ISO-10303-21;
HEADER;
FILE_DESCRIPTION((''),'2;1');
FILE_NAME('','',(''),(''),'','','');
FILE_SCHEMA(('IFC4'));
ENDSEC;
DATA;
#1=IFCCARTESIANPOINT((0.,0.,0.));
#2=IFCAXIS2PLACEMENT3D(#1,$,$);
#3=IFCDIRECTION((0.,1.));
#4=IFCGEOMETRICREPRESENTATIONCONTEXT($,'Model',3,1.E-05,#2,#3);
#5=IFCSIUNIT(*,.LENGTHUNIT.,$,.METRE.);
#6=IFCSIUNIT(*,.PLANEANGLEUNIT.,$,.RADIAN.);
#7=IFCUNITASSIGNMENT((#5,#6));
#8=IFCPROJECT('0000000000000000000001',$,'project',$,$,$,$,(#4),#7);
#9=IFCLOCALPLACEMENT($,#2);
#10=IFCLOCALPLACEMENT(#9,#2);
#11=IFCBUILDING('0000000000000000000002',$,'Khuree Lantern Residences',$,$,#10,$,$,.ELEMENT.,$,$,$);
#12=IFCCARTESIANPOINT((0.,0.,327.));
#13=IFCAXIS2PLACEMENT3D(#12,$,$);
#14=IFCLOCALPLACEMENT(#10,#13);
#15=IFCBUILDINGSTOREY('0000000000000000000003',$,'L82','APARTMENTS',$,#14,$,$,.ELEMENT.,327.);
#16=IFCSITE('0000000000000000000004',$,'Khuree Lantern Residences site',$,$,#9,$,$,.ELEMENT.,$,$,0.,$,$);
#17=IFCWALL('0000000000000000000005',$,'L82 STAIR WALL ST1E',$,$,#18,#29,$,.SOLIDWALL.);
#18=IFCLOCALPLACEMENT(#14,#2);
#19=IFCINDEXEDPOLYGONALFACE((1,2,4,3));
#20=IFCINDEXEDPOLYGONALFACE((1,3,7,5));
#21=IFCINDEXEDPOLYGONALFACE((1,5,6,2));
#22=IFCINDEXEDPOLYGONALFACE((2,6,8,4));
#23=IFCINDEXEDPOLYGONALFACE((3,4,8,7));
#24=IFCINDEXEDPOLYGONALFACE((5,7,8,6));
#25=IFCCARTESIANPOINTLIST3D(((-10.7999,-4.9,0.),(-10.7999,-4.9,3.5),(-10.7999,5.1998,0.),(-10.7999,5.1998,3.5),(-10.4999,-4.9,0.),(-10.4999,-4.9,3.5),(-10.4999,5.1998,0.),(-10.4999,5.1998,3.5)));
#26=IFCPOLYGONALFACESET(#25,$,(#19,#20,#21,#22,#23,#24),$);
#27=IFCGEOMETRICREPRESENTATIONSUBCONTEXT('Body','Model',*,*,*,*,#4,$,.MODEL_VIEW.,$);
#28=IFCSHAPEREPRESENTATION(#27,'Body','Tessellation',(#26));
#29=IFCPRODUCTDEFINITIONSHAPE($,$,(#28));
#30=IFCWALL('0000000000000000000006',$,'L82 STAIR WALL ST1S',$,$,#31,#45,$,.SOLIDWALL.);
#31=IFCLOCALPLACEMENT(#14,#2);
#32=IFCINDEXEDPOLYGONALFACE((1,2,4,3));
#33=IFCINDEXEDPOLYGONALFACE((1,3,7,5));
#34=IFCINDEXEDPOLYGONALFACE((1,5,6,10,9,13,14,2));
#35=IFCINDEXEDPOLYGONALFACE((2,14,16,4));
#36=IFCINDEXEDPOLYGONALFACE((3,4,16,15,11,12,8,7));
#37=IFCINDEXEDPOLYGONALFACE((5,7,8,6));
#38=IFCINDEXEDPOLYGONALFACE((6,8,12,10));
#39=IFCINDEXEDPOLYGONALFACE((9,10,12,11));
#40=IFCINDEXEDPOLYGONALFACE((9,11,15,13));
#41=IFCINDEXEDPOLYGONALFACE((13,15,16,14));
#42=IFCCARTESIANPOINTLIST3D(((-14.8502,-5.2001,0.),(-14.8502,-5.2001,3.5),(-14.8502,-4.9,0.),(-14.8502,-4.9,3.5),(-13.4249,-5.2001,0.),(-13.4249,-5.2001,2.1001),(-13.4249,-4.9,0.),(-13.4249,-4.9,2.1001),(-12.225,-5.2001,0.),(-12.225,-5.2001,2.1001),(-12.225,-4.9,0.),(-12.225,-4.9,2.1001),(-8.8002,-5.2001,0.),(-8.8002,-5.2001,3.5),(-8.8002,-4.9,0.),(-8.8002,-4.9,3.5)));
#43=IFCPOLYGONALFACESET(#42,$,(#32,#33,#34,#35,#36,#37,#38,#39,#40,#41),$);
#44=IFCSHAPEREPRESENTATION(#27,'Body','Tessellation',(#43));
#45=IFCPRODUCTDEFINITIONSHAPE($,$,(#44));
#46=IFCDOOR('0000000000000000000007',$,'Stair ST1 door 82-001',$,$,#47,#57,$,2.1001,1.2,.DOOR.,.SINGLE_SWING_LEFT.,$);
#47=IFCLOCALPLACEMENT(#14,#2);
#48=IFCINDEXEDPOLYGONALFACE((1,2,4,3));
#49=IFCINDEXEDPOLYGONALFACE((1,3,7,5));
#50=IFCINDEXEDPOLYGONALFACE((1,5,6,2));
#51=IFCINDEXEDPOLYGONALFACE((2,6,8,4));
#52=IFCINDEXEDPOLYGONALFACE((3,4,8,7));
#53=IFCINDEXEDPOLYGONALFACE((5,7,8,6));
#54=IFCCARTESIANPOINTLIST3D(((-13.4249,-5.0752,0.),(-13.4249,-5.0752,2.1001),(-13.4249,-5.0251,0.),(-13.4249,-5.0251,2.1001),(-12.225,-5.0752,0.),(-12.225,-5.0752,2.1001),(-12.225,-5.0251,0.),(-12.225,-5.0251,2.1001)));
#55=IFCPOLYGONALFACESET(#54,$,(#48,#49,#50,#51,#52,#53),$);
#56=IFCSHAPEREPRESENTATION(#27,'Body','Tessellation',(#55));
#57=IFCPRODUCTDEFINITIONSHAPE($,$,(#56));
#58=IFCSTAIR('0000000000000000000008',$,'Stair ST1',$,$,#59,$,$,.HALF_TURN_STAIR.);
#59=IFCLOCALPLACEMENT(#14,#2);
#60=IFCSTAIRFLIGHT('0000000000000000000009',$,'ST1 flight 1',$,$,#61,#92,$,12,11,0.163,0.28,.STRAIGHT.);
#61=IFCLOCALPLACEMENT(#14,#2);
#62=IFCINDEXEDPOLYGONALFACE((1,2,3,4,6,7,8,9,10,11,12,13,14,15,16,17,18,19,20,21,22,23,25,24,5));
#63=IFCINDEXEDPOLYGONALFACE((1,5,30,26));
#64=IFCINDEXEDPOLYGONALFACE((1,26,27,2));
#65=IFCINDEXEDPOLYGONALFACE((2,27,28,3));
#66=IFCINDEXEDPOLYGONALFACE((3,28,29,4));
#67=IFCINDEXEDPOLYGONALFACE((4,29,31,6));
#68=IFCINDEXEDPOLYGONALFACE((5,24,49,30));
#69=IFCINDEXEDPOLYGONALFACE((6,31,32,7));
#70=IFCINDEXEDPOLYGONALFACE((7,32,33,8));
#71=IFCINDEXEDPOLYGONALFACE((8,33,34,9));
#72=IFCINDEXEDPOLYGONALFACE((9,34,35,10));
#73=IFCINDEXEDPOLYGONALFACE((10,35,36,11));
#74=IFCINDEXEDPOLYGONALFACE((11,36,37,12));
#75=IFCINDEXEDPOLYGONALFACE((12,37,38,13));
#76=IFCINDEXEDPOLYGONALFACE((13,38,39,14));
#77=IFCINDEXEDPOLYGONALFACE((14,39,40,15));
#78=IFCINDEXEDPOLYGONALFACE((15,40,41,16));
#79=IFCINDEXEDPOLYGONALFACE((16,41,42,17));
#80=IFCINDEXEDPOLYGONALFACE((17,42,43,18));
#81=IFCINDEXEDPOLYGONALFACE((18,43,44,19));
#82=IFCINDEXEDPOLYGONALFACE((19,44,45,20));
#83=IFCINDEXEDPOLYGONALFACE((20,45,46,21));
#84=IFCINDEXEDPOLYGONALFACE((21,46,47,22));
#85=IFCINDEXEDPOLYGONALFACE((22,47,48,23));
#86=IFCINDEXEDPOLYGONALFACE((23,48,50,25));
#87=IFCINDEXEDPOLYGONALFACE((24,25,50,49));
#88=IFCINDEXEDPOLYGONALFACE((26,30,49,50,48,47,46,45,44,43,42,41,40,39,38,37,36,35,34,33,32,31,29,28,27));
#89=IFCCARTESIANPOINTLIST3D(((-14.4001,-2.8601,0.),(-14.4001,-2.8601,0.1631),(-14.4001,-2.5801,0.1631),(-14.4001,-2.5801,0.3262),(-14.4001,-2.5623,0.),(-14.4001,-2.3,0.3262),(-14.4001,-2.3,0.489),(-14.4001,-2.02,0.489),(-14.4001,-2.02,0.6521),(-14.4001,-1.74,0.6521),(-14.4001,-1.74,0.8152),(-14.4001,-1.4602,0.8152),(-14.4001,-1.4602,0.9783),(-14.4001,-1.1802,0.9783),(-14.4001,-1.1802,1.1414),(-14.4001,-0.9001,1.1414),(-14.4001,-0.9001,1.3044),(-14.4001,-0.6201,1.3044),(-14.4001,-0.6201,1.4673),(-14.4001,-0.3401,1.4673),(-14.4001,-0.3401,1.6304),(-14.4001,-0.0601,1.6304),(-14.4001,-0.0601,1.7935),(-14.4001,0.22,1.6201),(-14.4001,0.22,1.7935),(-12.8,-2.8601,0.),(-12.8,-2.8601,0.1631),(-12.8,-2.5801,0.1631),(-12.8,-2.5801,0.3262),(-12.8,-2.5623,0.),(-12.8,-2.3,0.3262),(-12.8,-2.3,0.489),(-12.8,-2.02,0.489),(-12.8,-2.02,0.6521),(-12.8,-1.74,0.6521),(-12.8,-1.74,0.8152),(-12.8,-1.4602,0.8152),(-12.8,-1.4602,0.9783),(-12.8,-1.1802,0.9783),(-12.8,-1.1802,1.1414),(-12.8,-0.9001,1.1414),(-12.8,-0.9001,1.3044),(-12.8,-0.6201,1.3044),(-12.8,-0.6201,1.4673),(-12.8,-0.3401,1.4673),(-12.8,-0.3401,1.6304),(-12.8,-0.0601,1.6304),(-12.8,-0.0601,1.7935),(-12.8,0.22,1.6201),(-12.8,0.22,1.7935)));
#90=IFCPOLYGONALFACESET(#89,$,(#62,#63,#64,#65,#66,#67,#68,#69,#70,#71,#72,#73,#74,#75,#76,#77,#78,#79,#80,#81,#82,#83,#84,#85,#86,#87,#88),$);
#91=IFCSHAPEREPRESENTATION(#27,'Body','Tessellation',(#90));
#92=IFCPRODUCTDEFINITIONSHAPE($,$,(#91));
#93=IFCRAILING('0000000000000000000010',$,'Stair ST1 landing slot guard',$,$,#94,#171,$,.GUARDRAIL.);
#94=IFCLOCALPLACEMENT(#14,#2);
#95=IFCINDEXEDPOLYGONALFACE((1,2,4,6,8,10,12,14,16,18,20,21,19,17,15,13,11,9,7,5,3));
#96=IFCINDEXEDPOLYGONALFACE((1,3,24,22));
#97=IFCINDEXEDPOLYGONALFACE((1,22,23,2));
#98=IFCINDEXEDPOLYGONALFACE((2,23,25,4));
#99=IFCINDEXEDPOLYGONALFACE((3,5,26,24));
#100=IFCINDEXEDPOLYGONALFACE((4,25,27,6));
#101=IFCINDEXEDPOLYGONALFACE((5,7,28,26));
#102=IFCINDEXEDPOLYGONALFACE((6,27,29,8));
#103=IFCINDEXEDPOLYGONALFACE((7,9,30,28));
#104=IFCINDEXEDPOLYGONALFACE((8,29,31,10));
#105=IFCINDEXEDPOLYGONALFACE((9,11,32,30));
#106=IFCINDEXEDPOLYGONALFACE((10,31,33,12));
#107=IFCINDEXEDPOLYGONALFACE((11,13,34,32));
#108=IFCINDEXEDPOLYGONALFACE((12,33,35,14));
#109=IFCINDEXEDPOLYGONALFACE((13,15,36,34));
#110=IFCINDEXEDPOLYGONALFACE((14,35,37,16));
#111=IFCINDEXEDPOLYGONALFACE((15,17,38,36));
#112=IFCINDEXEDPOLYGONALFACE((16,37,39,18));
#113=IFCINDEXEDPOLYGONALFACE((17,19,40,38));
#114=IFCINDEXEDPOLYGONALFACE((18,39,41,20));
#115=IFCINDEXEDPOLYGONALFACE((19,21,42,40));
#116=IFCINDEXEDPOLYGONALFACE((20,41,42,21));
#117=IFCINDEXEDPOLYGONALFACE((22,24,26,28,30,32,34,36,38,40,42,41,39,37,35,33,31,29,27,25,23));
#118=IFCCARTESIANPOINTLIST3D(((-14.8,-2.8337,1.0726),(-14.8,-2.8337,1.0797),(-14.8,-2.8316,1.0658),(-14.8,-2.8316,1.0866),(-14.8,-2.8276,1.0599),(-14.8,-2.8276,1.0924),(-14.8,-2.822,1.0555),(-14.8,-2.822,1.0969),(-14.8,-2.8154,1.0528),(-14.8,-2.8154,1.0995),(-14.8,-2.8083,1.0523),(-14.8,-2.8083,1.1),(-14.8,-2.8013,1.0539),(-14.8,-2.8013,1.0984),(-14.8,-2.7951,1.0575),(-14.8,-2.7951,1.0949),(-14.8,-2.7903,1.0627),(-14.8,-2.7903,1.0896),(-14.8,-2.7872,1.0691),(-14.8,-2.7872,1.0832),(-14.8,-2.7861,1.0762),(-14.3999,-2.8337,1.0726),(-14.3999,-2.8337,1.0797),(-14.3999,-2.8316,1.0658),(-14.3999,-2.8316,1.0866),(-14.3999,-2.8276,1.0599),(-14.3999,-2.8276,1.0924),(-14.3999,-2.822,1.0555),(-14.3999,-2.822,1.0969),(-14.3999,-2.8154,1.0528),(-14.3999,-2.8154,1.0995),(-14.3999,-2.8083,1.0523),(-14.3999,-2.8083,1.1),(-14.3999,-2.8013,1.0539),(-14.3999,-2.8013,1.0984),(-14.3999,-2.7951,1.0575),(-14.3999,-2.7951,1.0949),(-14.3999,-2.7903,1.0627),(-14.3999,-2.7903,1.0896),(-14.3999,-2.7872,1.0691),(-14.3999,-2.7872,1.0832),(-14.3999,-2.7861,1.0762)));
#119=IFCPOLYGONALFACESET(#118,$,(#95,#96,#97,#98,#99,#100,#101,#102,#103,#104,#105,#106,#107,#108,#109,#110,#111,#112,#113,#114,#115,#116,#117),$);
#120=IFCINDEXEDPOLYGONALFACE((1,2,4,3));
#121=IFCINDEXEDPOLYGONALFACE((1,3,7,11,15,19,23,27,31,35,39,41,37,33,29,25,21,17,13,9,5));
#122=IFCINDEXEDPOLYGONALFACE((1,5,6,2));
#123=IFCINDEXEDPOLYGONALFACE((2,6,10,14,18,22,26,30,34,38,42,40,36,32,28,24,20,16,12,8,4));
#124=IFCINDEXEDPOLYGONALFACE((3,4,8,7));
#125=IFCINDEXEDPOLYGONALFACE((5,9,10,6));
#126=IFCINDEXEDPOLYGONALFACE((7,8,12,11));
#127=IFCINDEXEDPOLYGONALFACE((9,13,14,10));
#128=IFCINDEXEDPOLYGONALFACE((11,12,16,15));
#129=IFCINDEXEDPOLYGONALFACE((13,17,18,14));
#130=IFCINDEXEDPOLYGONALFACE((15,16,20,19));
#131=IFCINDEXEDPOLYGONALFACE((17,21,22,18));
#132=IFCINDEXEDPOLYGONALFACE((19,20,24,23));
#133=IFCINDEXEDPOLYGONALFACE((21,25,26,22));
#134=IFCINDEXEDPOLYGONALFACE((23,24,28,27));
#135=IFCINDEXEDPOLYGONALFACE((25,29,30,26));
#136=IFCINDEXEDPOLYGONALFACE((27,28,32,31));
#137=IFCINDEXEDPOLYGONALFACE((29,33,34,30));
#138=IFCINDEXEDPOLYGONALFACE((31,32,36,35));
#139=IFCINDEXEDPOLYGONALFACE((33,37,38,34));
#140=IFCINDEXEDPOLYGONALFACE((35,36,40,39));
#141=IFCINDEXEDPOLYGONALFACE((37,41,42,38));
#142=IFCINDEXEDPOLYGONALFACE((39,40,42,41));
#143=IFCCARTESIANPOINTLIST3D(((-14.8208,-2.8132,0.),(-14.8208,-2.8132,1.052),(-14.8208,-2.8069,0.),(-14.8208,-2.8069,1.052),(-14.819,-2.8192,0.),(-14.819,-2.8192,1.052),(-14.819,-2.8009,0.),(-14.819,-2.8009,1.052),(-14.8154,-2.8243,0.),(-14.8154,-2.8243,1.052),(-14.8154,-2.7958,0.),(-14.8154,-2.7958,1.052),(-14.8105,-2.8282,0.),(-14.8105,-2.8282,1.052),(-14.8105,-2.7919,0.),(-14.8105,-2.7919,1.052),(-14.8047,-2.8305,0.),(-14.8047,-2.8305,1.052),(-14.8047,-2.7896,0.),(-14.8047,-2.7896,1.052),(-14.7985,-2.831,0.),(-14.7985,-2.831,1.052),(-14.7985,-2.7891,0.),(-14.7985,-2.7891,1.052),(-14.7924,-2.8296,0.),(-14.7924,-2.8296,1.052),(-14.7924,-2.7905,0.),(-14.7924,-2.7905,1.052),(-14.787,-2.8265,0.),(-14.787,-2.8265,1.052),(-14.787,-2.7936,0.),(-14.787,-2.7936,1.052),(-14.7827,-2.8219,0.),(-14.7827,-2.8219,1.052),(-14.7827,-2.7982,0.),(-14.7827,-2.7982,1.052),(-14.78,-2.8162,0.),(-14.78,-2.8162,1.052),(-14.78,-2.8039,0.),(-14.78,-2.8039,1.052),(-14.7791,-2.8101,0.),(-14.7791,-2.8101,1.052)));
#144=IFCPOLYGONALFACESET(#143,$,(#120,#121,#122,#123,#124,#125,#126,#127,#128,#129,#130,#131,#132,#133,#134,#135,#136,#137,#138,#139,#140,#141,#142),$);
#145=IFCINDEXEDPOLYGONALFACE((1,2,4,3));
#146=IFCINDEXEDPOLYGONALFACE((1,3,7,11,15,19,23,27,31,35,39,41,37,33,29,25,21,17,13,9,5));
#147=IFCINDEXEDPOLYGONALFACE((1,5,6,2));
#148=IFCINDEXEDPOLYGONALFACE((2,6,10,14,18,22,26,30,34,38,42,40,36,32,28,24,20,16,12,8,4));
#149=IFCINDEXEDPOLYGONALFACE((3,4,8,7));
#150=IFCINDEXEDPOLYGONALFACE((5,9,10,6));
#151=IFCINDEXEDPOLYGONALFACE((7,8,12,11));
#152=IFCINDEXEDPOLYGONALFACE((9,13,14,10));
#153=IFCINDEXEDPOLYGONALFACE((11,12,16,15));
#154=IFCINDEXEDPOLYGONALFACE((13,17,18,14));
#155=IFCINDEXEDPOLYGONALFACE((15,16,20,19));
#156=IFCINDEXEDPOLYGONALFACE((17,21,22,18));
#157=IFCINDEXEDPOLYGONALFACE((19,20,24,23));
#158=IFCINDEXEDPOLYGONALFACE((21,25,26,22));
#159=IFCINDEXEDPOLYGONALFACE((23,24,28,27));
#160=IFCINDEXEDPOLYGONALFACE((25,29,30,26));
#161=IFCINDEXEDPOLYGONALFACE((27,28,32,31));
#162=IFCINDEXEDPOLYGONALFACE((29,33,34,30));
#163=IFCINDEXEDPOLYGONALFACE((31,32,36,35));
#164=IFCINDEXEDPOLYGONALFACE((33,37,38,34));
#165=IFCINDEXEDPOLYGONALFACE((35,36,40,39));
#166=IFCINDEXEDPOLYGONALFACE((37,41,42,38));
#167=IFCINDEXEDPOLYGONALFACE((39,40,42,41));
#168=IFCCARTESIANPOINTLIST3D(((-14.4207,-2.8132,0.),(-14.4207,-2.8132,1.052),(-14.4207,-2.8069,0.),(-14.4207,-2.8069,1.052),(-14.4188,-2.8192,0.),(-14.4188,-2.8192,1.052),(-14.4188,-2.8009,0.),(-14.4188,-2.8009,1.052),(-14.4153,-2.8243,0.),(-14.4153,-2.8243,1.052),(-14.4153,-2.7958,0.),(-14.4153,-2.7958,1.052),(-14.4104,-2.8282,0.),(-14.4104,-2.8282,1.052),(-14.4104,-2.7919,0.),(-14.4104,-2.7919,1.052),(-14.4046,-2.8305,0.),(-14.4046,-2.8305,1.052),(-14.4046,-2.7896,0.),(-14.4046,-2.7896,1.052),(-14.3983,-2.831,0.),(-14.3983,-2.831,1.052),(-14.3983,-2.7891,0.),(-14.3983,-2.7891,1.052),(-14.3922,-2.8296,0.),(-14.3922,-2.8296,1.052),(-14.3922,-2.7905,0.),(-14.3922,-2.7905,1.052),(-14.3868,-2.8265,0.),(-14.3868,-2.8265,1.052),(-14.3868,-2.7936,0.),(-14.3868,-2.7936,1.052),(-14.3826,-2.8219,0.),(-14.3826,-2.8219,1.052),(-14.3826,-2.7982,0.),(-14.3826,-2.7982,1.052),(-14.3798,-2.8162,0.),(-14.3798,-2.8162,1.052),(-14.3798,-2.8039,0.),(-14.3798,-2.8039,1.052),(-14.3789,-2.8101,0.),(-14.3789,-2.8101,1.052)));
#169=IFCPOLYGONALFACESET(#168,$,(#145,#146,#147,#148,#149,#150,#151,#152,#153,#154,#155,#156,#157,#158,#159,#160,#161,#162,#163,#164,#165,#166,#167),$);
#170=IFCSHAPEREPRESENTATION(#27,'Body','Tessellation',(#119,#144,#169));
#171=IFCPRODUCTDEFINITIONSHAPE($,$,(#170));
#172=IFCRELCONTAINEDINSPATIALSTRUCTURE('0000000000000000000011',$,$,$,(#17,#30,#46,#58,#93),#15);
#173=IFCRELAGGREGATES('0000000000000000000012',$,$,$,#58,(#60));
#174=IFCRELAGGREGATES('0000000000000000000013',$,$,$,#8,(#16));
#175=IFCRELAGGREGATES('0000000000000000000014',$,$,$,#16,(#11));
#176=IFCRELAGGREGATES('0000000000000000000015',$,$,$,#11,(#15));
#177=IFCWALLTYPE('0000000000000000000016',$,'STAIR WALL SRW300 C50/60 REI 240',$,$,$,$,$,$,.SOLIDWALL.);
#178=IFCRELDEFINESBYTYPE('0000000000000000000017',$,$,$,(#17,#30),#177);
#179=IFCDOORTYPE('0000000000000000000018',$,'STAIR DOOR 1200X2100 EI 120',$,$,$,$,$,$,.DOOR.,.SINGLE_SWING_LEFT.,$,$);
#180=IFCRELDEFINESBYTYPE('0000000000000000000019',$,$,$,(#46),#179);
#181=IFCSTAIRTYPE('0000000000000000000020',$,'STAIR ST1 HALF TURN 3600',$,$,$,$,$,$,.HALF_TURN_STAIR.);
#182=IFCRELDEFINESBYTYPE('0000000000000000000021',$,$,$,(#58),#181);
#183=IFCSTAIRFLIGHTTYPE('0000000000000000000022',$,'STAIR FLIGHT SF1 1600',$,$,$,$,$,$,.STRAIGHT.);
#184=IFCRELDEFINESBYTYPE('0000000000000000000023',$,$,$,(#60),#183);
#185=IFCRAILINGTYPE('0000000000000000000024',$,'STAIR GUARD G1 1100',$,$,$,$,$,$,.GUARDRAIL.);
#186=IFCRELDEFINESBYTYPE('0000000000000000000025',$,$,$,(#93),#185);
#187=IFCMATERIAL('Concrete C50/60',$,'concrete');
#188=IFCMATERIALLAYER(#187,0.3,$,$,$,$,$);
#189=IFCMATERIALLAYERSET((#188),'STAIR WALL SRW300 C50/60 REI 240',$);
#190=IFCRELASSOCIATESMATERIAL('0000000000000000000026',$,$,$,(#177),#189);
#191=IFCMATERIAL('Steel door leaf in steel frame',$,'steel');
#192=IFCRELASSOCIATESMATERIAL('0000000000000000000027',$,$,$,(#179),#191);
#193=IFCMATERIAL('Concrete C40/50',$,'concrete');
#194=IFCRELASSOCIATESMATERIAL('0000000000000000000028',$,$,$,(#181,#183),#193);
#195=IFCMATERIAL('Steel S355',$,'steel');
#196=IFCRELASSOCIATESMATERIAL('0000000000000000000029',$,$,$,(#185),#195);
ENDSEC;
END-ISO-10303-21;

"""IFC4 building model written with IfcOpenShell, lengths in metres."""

from ifc_helpers import new_model, si_unit, direction, frame, frame_2d, origin, origin_2d, place, context, subcontext, project, spatial, polyline, rectangle, circle, outline, extrude, material, layer, layer_set, type_object, element, fill, aggregate, save


model = new_model("IFC4")

# Units and contexts
model_context = context("Model", 3, precision=1e-05, world=origin(), true_north=direction((0.0, 1.0)))
body_context = subcontext(model_context, "Body", "Model", "MODEL_VIEW")
ifc_project = project(units=[si_unit("LENGTHUNIT", "METRE"), si_unit("PLANEANGLEUNIT", "RADIAN")], contexts=[model_context])

# Site, building, storey
site_placement = place(None, origin())
site = spatial("IfcSite", under=ifc_project, at=site_placement, Name="Khuree Lantern Residences site", CompositionType="ELEMENT", RefElevation=0.0)
building_placement = place(site_placement, origin())
building = spatial("IfcBuilding", under=site, at=building_placement, Name="Khuree Lantern Residences", CompositionType="ELEMENT")
storey_placement = place(building_placement, frame((0.0, 0.0, 327.0)))
storey = spatial("IfcBuildingStorey", under=building, at=storey_placement, Name="L82", Description="APARTMENTS", CompositionType="ELEMENT", Elevation=327.0)

# Shared definitions
ifc_material_1 = material(Name="Steel door leaf in steel frame", Category="steel")

# Wall
ifc_material_2 = material(Name="Concrete C50/60", Category="concrete")
ifc_layer_1 = layer(ifc_material_2, 0.3)
ifc_layer_set_1 = layer_set([ifc_layer_1], Name="STAIR WALL SRW300 C50/60 REI 240")
wall_type_1 = type_object("IfcWallType", Name="STAIR WALL SRW300 C50/60 REI 240", PredefinedType="SOLIDWALL", material=ifc_layer_set_1)
wall_1_placement = place(storey_placement, frame((-10.6499, -4.8999, 0.0), z_axis=(0.0, 0.0, 1.0), x_axis=(0.0, 1.0, 0.0)))
element("IfcWall", 1, at=wall_1_placement, inside=storey, type_object=wall_type_1, Name="L82 STAIR WALL ST1E", PredefinedType="SOLIDWALL", context=body_context, shape_type="SweptSolid", body=[
    extrude(rectangle(XDim=10.0999, YDim=0.3, at=frame_2d((5.0498, 0.0))), origin(), (0.0, 0.0, 1.0), 3.5),
])

# Wall, opening, door
wall_2_placement = place(storey_placement, frame((-14.8501, -5.05, 0.0), z_axis=(0.0, 0.0, 1.0), x_axis=(1.0, 0.0, 0.0)))
wall_2 = element("IfcWall", 2, at=wall_2_placement, inside=storey, type_object=wall_type_1, Name="L82 STAIR WALL ST1S", PredefinedType="SOLIDWALL", context=body_context, shape_type="SweptSolid", body=[
    extrude(rectangle(XDim=6.05, YDim=0.3, at=frame_2d((3.0249, 0.0))), origin(), (0.0, 0.0, 1.0), 3.5),
])
opening_1_placement = place(wall_2_placement, frame((1.425, 0.0, 0.0)))
opening_1 = element("IfcOpeningElement", 3, at=opening_1_placement, cuts=wall_2, PredefinedType="OPENING", context=body_context, shape_type="SweptSolid", body=[
    extrude(rectangle(XDim=1.2, YDim=2.1001, at=frame_2d((0.6001, 1.05))), frame((0.0, 0.1602, 0.0), z_axis=(0.0, -1.0, 0.0), x_axis=(1.0, 0.0, 0.0)), (0.0, 0.0, 1.0), 0.3201),
])
door_type_1 = type_object("IfcDoorType", Name="STAIR DOOR 1200X2100 EI 120", OperationType="SINGLE_SWING_LEFT", PredefinedType="DOOR", material=ifc_material_1)
door_1_placement = place(opening_1_placement, origin())
door_1 = element("IfcDoor", 4, at=door_1_placement, inside=storey, type_object=door_type_1, Name="Stair ST1 door 82-001", OperationType="SINGLE_SWING_LEFT", OverallHeight=2.1001, OverallWidth=1.2, PredefinedType="DOOR", context=body_context, shape_type="SweptSolid", body=[
    extrude(rectangle(XDim=1.2, YDim=2.1001, at=frame_2d((0.6001, 1.05))), frame((0.0, 0.0249, 0.0), z_axis=(0.0, -1.0, 0.0), x_axis=(1.0, 0.0, 0.0)), (0.0, 0.0, 1.0), 0.05),
])
fill(opening_1, door_1)

# Stair, stair flight
ifc_material_3 = material(Name="Concrete C40/50", Category="concrete")
stair_type = type_object("IfcStairType", Name="STAIR ST1 HALF TURN 3600", PredefinedType="HALF_TURN_STAIR", material=ifc_material_3)
stair_placement = place(storey_placement, origin())
stair = element("IfcStair", 5, at=stair_placement, inside=storey, type_object=stair_type, Name="Stair ST1", PredefinedType="HALF_TURN_STAIR")
stair_flight_type = type_object("IfcStairFlightType", Name="STAIR FLIGHT SF1 1600", PredefinedType="STRAIGHT", material=ifc_material_3)
stair_flight_placement = place(storey_placement, frame((-13.6001, -2.8601, 0.0), z_axis=(0.0, 0.0, 1.0), x_axis=(0.0, 1.0, 0.0)))
stair_flight = element("IfcStairFlight", 6, at=stair_flight_placement, type_object=stair_flight_type, Name="ST1 flight 1", NumberOfRisers=12, NumberOfTreads=11, PredefinedType="STRAIGHT", RiserHeight=0.163, TreadLength=0.28, context=body_context, shape_type="SweptSolid", body=[
    extrude(outline(polyline([(0.0, 0.0), (0.0, 0.1631), (0.28, 0.1631), (0.28, 0.3262), (0.5601, 0.3262), (0.5601, 0.489), (0.8401, 0.489), (0.8401, 0.6521), (1.1201, 0.6521), (1.1201, 0.8152), (1.3999, 0.8152), (1.3999, 0.9783), (1.6799, 0.9783), (1.6799, 1.1414), (1.96, 1.1414), (1.96, 1.3044), (2.24, 1.3044), (2.24, 1.4673), (2.52, 1.4673), (2.52, 1.6304), (2.8, 1.6304), (2.8, 1.7935), (3.0801, 1.7935), (3.0801, 1.9565), (3.0801, 1.6201), (0.2979, 0.0), (0.0, 0.0)])), frame((0.0, 0.8, 0.0), z_axis=(0.0, -1.0, 0.0), x_axis=(1.0, 0.0, 0.0)), (0.0, 0.0, 1.0), 1.6001),
])
aggregate(stair, [stair_flight])

# Railing
ifc_material_4 = material(Name="Steel S355", Category="steel")
railing_type_1 = type_object("IfcRailingType", Name="STAIR GUARD G1 1100", PredefinedType="GUARDRAIL", material=ifc_material_4)
railing_1_placement = place(storey_placement, frame((-14.8, -2.8101, 0.0)))
element("IfcRailing", 7, at=railing_1_placement, inside=storey, type_object=railing_type_1, Name="Stair ST1 landing slot guard", PredefinedType="GUARDRAIL", context=body_context, shape_type="SweptSolid", body=[
    extrude(circle(Radius=0.0239, at=origin_2d()), frame((0.0, 0.0, 1.0762), z_axis=(1.0, 0.0, 0.0), x_axis=(0.0, 1.0, 0.0)), (0.0, 0.0, 1.0), 0.4001),
    extrude(circle(Radius=0.021, at=origin_2d()), origin(), (0.0, 0.0, 1.0), 1.052),
    extrude(circle(Radius=0.021, at=origin_2d()), frame((0.4001, 0.0, 0.0)), (0.0, 0.0, 1.0), 1.052),
])

save(model, "model.ifc")
